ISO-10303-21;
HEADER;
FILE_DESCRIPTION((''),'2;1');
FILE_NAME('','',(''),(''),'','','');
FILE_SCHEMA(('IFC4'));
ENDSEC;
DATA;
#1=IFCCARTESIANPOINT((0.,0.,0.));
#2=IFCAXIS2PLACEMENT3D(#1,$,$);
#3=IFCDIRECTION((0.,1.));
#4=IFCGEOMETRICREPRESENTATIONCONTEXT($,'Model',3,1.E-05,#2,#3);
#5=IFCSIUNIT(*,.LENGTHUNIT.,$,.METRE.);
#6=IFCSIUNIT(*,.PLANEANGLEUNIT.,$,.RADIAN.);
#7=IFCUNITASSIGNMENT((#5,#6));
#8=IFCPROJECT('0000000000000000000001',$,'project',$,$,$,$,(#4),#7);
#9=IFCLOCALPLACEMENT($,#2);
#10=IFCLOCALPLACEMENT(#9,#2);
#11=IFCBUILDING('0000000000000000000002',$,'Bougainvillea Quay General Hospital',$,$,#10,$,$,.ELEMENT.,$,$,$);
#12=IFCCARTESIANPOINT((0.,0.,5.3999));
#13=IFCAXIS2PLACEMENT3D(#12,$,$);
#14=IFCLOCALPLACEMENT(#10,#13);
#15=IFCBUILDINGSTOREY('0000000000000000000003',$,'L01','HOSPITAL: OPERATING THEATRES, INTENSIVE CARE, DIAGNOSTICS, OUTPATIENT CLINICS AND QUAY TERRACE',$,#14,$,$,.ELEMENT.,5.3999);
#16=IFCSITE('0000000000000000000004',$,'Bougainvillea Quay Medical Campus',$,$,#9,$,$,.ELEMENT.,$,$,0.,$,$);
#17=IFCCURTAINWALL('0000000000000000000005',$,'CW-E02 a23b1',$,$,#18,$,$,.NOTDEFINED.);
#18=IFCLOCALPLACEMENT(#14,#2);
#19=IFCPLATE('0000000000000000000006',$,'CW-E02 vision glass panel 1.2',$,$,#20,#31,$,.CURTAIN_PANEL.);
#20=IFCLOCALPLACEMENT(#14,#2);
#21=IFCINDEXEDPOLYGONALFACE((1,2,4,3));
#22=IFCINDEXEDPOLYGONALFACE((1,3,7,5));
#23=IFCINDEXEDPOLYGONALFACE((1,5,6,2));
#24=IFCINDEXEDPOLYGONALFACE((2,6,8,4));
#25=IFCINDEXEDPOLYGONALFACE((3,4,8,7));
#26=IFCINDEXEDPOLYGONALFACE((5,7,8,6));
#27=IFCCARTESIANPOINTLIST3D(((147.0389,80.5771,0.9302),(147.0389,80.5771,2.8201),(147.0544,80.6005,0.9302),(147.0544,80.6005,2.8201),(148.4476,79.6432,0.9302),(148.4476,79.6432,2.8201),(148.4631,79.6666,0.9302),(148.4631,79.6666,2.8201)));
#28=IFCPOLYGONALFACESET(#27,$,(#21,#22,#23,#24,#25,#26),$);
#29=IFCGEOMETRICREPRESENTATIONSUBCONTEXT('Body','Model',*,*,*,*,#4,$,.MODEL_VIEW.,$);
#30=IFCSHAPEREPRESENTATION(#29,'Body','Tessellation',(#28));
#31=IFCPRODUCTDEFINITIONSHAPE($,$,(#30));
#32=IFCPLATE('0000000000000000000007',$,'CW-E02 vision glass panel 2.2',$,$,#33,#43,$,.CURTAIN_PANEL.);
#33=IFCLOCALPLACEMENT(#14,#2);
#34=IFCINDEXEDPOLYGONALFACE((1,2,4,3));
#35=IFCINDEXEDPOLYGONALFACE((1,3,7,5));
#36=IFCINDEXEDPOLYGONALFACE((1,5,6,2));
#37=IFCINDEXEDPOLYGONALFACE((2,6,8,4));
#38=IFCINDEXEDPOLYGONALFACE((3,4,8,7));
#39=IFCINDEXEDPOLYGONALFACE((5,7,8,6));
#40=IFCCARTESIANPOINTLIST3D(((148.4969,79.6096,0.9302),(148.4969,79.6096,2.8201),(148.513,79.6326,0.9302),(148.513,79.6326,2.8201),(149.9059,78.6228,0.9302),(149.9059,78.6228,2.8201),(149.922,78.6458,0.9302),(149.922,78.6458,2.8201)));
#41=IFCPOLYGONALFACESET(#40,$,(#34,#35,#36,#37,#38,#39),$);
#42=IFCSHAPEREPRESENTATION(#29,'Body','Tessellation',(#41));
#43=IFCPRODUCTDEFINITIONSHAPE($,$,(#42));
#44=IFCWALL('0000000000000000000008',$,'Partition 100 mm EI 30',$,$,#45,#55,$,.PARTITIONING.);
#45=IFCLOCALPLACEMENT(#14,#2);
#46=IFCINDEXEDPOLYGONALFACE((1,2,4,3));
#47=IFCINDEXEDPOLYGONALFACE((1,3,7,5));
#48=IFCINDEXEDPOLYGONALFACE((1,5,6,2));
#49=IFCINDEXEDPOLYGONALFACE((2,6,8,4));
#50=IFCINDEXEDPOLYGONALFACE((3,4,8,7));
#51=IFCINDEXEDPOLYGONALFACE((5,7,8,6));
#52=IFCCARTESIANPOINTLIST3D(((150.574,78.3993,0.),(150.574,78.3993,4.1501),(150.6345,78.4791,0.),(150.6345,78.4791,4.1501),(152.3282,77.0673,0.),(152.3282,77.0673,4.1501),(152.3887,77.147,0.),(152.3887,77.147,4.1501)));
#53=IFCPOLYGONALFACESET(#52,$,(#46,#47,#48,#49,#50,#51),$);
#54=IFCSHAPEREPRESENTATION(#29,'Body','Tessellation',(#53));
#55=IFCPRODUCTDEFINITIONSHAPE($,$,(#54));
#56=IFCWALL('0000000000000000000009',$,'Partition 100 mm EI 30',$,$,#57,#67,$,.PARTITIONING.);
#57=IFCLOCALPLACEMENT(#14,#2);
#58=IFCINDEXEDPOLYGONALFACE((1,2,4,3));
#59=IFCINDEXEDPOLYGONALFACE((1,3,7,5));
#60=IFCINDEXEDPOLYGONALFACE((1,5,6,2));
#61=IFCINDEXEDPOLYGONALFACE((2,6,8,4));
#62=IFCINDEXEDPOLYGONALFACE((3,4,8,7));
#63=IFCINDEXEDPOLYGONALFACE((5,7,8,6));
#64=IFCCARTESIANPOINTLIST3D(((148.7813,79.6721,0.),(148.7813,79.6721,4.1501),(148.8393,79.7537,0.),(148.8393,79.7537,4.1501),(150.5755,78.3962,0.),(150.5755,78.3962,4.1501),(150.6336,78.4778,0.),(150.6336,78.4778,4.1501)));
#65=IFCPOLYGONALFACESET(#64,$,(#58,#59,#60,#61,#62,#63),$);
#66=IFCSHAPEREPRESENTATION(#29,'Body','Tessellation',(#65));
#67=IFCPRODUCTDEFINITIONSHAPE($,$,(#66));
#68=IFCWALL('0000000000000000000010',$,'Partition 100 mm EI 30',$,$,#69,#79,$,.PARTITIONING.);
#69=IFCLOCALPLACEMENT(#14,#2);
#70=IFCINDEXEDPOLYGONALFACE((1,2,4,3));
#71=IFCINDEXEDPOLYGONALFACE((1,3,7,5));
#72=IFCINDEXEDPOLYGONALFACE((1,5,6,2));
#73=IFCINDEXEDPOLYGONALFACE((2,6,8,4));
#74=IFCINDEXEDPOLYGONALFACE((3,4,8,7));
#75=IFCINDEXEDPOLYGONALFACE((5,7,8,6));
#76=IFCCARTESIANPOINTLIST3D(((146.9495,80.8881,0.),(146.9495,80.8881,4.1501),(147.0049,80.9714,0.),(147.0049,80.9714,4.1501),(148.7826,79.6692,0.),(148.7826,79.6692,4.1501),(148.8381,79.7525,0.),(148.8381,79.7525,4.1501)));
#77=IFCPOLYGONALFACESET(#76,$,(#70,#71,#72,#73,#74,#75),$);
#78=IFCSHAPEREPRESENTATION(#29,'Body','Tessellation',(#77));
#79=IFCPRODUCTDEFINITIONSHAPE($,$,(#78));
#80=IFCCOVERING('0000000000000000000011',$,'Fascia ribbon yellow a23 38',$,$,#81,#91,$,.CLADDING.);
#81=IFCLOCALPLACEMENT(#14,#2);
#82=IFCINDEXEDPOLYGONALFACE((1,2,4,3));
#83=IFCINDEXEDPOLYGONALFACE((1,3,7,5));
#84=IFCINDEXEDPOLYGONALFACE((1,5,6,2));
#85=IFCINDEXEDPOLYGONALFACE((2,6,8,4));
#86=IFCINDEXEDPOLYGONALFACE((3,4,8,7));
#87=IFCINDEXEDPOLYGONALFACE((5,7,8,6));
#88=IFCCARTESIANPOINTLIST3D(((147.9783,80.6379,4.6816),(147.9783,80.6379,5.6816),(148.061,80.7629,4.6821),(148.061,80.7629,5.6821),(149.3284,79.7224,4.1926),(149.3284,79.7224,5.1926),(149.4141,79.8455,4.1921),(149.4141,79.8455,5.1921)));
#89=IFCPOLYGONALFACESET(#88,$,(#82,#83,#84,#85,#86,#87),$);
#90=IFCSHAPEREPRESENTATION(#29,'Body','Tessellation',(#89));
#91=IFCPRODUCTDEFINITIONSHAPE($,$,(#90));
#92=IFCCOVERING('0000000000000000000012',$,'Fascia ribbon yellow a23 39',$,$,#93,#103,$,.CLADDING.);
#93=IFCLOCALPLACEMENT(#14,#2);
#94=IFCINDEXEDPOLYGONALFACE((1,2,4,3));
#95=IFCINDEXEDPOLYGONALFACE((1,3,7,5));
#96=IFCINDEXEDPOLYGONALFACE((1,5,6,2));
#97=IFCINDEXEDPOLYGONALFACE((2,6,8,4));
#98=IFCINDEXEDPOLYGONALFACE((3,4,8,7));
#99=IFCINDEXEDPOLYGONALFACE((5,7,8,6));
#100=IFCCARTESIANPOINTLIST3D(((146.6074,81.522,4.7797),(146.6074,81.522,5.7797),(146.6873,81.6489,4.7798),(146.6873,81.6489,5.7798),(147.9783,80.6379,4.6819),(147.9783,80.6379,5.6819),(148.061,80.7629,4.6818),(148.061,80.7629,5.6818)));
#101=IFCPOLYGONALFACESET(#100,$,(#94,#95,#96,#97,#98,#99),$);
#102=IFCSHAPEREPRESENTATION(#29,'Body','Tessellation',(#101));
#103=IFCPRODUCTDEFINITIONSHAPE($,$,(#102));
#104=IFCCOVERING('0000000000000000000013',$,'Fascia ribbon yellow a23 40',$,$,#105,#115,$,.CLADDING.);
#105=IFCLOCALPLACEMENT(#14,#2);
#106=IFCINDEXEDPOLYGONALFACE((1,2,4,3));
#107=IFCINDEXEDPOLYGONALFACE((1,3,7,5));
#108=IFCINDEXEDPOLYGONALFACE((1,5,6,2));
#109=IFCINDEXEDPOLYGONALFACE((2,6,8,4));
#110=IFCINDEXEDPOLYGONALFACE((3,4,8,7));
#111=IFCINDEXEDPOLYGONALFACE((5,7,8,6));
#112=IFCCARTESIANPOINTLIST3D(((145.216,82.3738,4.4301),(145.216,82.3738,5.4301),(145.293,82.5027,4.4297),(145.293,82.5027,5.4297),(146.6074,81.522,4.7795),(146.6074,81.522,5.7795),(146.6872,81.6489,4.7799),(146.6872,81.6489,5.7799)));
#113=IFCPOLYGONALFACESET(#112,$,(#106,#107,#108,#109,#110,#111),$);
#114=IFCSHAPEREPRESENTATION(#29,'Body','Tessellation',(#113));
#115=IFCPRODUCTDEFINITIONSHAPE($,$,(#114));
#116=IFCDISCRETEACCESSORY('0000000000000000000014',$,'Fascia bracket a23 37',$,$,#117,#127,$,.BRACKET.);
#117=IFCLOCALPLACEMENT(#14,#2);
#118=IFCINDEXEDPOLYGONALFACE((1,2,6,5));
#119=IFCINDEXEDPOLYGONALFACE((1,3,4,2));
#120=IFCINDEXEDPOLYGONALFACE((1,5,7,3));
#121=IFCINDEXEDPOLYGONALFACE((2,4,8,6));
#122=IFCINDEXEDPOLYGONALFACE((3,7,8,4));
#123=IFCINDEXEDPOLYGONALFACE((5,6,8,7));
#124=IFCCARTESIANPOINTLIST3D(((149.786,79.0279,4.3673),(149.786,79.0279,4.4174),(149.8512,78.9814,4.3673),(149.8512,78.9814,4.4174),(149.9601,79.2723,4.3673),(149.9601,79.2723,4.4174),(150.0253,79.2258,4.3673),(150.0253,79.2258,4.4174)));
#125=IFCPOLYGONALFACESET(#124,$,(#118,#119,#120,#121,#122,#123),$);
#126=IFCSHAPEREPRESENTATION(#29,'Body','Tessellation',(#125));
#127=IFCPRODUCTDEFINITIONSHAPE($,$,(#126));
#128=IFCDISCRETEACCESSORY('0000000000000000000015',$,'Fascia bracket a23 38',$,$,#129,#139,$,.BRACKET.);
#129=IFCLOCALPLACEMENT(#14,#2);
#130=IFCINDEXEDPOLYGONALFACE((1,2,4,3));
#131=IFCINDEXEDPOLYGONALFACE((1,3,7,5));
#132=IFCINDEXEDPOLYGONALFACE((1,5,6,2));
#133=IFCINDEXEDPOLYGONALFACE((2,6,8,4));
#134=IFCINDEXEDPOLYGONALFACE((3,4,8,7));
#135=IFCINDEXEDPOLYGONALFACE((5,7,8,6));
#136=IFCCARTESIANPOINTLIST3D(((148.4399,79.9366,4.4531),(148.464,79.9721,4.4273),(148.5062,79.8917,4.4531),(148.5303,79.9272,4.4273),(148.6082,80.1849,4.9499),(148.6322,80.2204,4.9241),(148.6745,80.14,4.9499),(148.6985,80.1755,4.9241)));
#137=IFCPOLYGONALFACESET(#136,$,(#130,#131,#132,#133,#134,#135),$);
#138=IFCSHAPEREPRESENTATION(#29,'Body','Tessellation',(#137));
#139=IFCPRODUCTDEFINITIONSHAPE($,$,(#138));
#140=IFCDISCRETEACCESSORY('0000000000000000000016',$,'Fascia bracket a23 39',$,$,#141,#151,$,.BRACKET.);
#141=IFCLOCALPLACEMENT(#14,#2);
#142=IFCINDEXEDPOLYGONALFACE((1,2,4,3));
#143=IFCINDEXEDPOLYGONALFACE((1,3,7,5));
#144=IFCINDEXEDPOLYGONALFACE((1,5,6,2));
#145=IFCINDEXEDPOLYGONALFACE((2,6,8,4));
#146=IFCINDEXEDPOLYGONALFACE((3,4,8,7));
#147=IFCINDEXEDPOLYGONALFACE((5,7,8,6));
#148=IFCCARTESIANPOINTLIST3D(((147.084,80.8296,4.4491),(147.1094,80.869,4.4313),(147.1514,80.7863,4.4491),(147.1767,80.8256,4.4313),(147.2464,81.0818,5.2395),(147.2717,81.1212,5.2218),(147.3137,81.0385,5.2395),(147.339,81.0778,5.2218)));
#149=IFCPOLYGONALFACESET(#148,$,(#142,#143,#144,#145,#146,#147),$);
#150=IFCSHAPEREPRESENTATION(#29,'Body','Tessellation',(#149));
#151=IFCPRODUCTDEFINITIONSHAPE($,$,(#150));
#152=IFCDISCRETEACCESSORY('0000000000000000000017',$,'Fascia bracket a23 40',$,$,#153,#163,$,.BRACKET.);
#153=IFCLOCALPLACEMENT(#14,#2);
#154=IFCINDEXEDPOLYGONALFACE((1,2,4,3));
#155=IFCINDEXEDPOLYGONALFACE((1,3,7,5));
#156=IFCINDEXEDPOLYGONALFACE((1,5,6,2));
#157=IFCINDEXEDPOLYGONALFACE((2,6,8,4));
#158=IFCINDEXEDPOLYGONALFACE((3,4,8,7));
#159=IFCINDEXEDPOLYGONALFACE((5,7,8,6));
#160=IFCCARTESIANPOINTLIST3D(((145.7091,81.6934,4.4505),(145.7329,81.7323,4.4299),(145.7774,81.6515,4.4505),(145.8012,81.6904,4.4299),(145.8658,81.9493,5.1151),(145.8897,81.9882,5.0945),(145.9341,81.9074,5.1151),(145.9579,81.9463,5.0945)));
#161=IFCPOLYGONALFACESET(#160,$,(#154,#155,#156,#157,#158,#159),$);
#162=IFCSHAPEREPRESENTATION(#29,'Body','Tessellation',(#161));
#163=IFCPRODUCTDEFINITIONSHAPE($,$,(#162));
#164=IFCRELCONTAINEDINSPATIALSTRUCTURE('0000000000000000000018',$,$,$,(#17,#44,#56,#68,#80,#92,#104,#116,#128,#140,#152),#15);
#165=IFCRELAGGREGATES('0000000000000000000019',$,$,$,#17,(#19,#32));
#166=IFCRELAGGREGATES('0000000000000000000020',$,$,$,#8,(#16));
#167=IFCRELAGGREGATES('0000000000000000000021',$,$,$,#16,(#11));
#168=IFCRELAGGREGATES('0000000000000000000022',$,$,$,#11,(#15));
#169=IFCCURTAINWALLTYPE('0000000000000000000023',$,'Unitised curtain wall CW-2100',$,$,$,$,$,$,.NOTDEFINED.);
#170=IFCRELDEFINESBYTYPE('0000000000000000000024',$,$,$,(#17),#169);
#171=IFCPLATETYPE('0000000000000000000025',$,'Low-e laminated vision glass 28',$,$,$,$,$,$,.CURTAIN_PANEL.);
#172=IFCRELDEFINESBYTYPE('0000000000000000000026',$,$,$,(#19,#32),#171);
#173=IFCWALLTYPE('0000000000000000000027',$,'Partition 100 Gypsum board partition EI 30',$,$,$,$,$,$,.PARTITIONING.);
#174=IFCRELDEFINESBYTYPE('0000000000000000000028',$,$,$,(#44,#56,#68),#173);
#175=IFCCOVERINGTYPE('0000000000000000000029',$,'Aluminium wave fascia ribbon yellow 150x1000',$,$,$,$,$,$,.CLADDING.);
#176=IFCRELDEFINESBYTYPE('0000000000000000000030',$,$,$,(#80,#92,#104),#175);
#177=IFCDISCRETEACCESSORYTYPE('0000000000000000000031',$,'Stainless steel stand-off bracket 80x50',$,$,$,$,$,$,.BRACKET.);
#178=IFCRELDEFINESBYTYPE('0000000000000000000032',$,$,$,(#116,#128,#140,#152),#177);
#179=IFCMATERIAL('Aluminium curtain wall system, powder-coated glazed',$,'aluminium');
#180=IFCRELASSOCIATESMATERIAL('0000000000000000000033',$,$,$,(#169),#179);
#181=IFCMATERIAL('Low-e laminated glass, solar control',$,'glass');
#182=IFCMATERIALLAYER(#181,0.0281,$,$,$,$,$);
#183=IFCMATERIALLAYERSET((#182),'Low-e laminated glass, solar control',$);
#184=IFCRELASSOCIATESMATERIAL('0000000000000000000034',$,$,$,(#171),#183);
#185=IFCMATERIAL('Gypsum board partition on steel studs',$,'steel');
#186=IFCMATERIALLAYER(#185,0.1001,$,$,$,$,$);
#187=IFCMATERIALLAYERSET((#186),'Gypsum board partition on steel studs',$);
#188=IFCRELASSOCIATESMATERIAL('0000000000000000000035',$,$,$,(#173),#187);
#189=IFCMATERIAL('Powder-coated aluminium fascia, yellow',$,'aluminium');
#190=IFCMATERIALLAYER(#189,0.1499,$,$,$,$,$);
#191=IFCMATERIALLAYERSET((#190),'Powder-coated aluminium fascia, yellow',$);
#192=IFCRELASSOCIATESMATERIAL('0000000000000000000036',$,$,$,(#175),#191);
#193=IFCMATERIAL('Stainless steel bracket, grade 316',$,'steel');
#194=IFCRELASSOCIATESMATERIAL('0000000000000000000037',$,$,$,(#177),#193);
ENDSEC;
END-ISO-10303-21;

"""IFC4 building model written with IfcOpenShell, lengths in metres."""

from ifc_helpers import new_model, si_unit, direction, frame, frame_2d, origin, origin_2d, place, context, subcontext, project, spatial, polyline, rectangle, outline, extrude, material, layer, layer_set, material_profile, profile_set, type_object, element, aggregate, save


model = new_model("IFC4")

# Units and contexts
model_context = context("Model", 3, precision=1e-05, world=origin(), true_north=direction((0.0, 1.0)))
body_context = subcontext(model_context, "Body", "Model", "MODEL_VIEW")
ifc_project = project(units=[si_unit("LENGTHUNIT", "METRE"), si_unit("PLANEANGLEUNIT", "RADIAN")], contexts=[model_context])

# Site, building, storey
site_placement = place(None, origin())
site = spatial("IfcSite", under=ifc_project, at=site_placement, Name="Bougainvillea Quay Medical Campus", CompositionType="ELEMENT", RefElevation=0.0)
building_placement = place(site_placement, origin())
building = spatial("IfcBuilding", under=site, at=building_placement, Name="Bougainvillea Quay General Hospital", CompositionType="ELEMENT")
storey_placement = place(building_placement, frame((0.0, 0.0, 5.3999)))
storey = spatial("IfcBuildingStorey", under=building, at=storey_placement, Name="L01", Description="HOSPITAL: OPERATING THEATRES, INTENSIVE CARE, DIAGNOSTICS, OUTPATIENT CLINICS AND QUAY TERRACE", CompositionType="ELEMENT", Elevation=5.3999)

# Shared definitions
ifc_material_1 = material(Name="Aluminium curtain wall system, powder-coated glazed", Category="aluminium")
curtain_wall_type = type_object("IfcCurtainWallType", Name="Unitised curtain wall CW-2100", PredefinedType="NOTDEFINED", material=ifc_material_1)

# Curtain wall
curtain_wall_1_placement = place(storey_placement, origin())
curtain_wall_1 = element("IfcCurtainWall", 1, at=curtain_wall_1_placement, inside=storey, type_object=curtain_wall_type, Name="CW-E02 a23b1", PredefinedType="NOTDEFINED")

# Plates
ifc_material_2 = material(Name="Low-e laminated glass, solar control", Category="glass")
ifc_layer_1 = layer(ifc_material_2, 0.0281)
ifc_layer_set_1 = layer_set([ifc_layer_1], Name="Low-e laminated glass, solar control")
plate_type_1 = type_object("IfcPlateType", Name="Low-e laminated vision glass 28", PredefinedType="CURTAIN_PANEL", material=ifc_layer_set_1)
plate_1_placement = place(storey_placement, frame((147.751, 80.1218, 0.9302), z_axis=(0.0, 0.0, 1.0), x_axis=(0.833469, -0.552566, 0.0)))
plate_1 = element("IfcPlate", 2, at=plate_1_placement, type_object=plate_type_1, Name="CW-E02 vision glass panel 1.2", PredefinedType="CURTAIN_PANEL", context=body_context, shape_type="SweptSolid", body=[
    extrude(rectangle(XDim=1.6902, YDim=0.0281, at=origin_2d()), origin(), (0.0, 0.0, 1.0), 1.8899),
])
plate_2_placement = place(storey_placement, frame((149.2095, 79.1277, 0.9302), z_axis=(0.0, 0.0, 1.0), x_axis=(0.819096, -0.573656, 0.0)))
plate_2 = element("IfcPlate", 3, at=plate_2_placement, type_object=plate_type_1, Name="CW-E02 vision glass panel 2.2", PredefinedType="CURTAIN_PANEL", context=body_context, shape_type="SweptSolid", body=[
    extrude(rectangle(XDim=1.7202, YDim=0.0281, at=origin_2d()), origin(), (0.0, 0.0, 1.0), 1.8899),
])
aggregate(curtain_wall_1, [plate_1, plate_2])

# Walls
ifc_material_3 = material(Name="Gypsum board partition on steel studs", Category="steel")
ifc_layer_2 = layer(ifc_material_3, 0.1001)
ifc_layer_set_2 = layer_set([ifc_layer_2], Name="Gypsum board partition on steel studs")
wall_type = type_object("IfcWallType", Name="Partition 100 Gypsum board partition EI 30", PredefinedType="PARTITIONING", material=ifc_layer_set_2)
wall_1_placement = place(storey_placement, frame((150.6042, 78.4392, 0.0), z_axis=(0.0, 0.0, 1.0), x_axis=(0.796408, -0.60476, 0.0)))
element("IfcWall", 4, at=wall_1_placement, inside=storey, type_object=wall_type, Name="Partition 100 mm EI 30", PredefinedType="PARTITIONING", context=body_context, shape_type="SweptSolid", body=[
    extrude(rectangle(XDim=2.2026, YDim=0.1001, at=frame_2d((1.1013, 0.0))), origin(), (0.0, 0.0, 1.0), 4.1501),
])
wall_2_placement = place(storey_placement, frame((148.8103, 79.7129, 0.0), z_axis=(0.0, 0.0, 1.0), x_axis=(0.814953, -0.579527, 0.0)))
element("IfcWall", 5, at=wall_2_placement, inside=storey, type_object=wall_type, Name="Partition 100 mm EI 30", PredefinedType="PARTITIONING", context=body_context, shape_type="SweptSolid", body=[
    extrude(rectangle(XDim=2.2017, YDim=0.1001, at=frame_2d((1.1008, 0.0))), origin(), (0.0, 0.0, 1.0), 4.1501),
])
wall_3_placement = place(storey_placement, frame((146.9773, 80.9297, 0.0), z_axis=(0.0, 0.0, 1.0), x_axis=(0.832715, -0.553702, 0.0)))
element("IfcWall", 6, at=wall_3_placement, inside=storey, type_object=wall_type, Name="Partition 100 mm EI 30", PredefinedType="PARTITIONING", context=body_context, shape_type="SweptSolid", body=[
    extrude(rectangle(XDim=2.2014, YDim=0.1001, at=frame_2d((1.1006, 0.0))), origin(), (0.0, 0.0, 1.0), 4.1501),
])

# Coverings
ifc_material_4 = material(Name="Powder-coated aluminium fascia, yellow", Category="aluminium")
ifc_layer_3 = layer(ifc_material_4, 0.1499)
ifc_layer_set_3 = layer_set([ifc_layer_3], Name="Powder-coated aluminium fascia, yellow")
covering_type = type_object("IfcCoveringType", Name="Aluminium wave fascia ribbon yellow 150x1000", PredefinedType="CLADDING", material=ifc_layer_set_3)
covering_1_placement = place(storey_placement, frame((149.3284, 79.7224, 4.1926), z_axis=(0.237534, -0.161317, 0.957891), x_axis=(-0.792798, 0.537612, 0.287133)))
element("IfcCovering", 7, at=covering_1_placement, inside=storey, type_object=covering_type, Name="Fascia ribbon yellow a23 38", PredefinedType="CLADDING", context=body_context, shape_type="SweptSolid", body=[
    extrude(outline(polyline([(0.0, 0.0), (1.703, 0.0), (1.7047, -0.1499), (-0.0019, -0.1499), (0.0, 0.0)])), origin(), (0.287133, -0.000191, 0.957891), 1.0),
])
covering_2_placement = place(storey_placement, frame((147.9783, 80.6379, 4.6819), z_axis=(0.050284, -0.032451, 0.998208), x_axis=(-0.838898, 0.540988, 0.059846)))
element("IfcCovering", 8, at=covering_2_placement, inside=storey, type_object=covering_type, Name="Fascia ribbon yellow a23 39", PredefinedType="CLADDING", context=body_context, shape_type="SweptSolid", body=[
    extrude(outline(polyline([(0.0, 0.0), (1.6341, 0.0), (1.6358, -0.15), (-0.0018, -0.1499), (0.0, 0.0)])), origin(), (0.059846, -0.00002, 0.998208), 1.0),
])
covering_3_placement = place(storey_placement, frame((146.6074, 81.522, 4.7795), z_axis=(-0.178616, 0.10942, 0.977816), x_axis=(-0.833943, 0.510551, -0.209467)))
element("IfcCovering", 9, at=covering_3_placement, inside=storey, type_object=covering_type, Name="Fascia ribbon yellow a23 40", PredefinedType="CLADDING", context=body_context, shape_type="SweptSolid", body=[
    extrude(outline(polyline([(0.0, 0.0), (1.6684, 0.0), (1.6702, -0.1501), (-0.0018, -0.15), (0.0, 0.0)])), origin(), (-0.209467, 0.000057, 0.977816), 1.0),
])

# Discrete accessories
ifc_material_5 = material(Name="Stainless steel bracket, grade 316", Category="steel")
ifc_material_profile_1 = material_profile(ifc_material_5, rectangle(XDim=0.0801, YDim=0.05, at=origin_2d()))
ifc_profile_set_1 = profile_set([ifc_material_profile_1], Name="Stainless steel bracket, grade 316")
discrete_accessory_type = type_object("IfcDiscreteAccessoryType", Name="Stainless steel stand-off bracket 80x50", PredefinedType="BRACKET", material=ifc_profile_set_1)
discrete_accessory_1_placement = place(storey_placement, frame((149.8186, 79.0046, 4.3923), z_axis=(0.58016, 0.814502, 0.0), x_axis=(-0.814502, 0.58016, 0.0)))
element("IfcDiscreteAccessory", 10, at=discrete_accessory_1_placement, inside=storey, type_object=discrete_accessory_type, Name="Fascia bracket a23 37", PredefinedType="BRACKET", context=body_context, shape_type="SweptSolid", body=[
    extrude(rectangle(XDim=0.0801, YDim=0.05, at=origin_2d()), origin(), (0.0, 0.0, 1.0), 0.3),
])
discrete_accessory_2_placement = place(storey_placement, frame((148.4851, 79.9319, 4.4402), z_axis=(0.289858, 0.427846, 0.856113), x_axis=(-0.827894, 0.560884, 0.0)))
element("IfcDiscreteAccessory", 11, at=discrete_accessory_2_placement, inside=storey, type_object=discrete_accessory_type, Name="Fascia bracket a23 38", PredefinedType="BRACKET", context=body_context, shape_type="SweptSolid", body=[
    extrude(rectangle(XDim=0.0801, YDim=0.05, at=origin_2d()), origin(), (0.0, 0.0, 1.0), 0.5803),
])
discrete_accessory_3_placement = place(storey_placement, frame((147.1304, 80.8276, 4.4402), z_axis=(0.192017, 0.298277, 0.934965), x_axis=(-0.840834, 0.541292, 0.0)))
element("IfcDiscreteAccessory", 12, at=discrete_accessory_3_placement, inside=storey, type_object=discrete_accessory_type, Name="Fascia bracket a23 39", PredefinedType="BRACKET", context=body_context, shape_type="SweptSolid", body=[
    extrude(rectangle(XDim=0.0801, YDim=0.05, at=origin_2d()), origin(), (0.0, 0.0, 1.0), 0.8455),
])
discrete_accessory_4_placement = place(storey_placement, frame((145.7551, 81.6919, 4.4402), z_axis=(0.21496, 0.350901, 0.911406), x_axis=(-0.852718, 0.522371, 0.0)))
element("IfcDiscreteAccessory", 13, at=discrete_accessory_4_placement, inside=storey, type_object=discrete_accessory_type, Name="Fascia bracket a23 40", PredefinedType="BRACKET", context=body_context, shape_type="SweptSolid", body=[
    extrude(rectangle(XDim=0.0801, YDim=0.05, at=origin_2d()), origin(), (0.0, 0.0, 1.0), 0.7292),
])

save(model, "model.ifc")
